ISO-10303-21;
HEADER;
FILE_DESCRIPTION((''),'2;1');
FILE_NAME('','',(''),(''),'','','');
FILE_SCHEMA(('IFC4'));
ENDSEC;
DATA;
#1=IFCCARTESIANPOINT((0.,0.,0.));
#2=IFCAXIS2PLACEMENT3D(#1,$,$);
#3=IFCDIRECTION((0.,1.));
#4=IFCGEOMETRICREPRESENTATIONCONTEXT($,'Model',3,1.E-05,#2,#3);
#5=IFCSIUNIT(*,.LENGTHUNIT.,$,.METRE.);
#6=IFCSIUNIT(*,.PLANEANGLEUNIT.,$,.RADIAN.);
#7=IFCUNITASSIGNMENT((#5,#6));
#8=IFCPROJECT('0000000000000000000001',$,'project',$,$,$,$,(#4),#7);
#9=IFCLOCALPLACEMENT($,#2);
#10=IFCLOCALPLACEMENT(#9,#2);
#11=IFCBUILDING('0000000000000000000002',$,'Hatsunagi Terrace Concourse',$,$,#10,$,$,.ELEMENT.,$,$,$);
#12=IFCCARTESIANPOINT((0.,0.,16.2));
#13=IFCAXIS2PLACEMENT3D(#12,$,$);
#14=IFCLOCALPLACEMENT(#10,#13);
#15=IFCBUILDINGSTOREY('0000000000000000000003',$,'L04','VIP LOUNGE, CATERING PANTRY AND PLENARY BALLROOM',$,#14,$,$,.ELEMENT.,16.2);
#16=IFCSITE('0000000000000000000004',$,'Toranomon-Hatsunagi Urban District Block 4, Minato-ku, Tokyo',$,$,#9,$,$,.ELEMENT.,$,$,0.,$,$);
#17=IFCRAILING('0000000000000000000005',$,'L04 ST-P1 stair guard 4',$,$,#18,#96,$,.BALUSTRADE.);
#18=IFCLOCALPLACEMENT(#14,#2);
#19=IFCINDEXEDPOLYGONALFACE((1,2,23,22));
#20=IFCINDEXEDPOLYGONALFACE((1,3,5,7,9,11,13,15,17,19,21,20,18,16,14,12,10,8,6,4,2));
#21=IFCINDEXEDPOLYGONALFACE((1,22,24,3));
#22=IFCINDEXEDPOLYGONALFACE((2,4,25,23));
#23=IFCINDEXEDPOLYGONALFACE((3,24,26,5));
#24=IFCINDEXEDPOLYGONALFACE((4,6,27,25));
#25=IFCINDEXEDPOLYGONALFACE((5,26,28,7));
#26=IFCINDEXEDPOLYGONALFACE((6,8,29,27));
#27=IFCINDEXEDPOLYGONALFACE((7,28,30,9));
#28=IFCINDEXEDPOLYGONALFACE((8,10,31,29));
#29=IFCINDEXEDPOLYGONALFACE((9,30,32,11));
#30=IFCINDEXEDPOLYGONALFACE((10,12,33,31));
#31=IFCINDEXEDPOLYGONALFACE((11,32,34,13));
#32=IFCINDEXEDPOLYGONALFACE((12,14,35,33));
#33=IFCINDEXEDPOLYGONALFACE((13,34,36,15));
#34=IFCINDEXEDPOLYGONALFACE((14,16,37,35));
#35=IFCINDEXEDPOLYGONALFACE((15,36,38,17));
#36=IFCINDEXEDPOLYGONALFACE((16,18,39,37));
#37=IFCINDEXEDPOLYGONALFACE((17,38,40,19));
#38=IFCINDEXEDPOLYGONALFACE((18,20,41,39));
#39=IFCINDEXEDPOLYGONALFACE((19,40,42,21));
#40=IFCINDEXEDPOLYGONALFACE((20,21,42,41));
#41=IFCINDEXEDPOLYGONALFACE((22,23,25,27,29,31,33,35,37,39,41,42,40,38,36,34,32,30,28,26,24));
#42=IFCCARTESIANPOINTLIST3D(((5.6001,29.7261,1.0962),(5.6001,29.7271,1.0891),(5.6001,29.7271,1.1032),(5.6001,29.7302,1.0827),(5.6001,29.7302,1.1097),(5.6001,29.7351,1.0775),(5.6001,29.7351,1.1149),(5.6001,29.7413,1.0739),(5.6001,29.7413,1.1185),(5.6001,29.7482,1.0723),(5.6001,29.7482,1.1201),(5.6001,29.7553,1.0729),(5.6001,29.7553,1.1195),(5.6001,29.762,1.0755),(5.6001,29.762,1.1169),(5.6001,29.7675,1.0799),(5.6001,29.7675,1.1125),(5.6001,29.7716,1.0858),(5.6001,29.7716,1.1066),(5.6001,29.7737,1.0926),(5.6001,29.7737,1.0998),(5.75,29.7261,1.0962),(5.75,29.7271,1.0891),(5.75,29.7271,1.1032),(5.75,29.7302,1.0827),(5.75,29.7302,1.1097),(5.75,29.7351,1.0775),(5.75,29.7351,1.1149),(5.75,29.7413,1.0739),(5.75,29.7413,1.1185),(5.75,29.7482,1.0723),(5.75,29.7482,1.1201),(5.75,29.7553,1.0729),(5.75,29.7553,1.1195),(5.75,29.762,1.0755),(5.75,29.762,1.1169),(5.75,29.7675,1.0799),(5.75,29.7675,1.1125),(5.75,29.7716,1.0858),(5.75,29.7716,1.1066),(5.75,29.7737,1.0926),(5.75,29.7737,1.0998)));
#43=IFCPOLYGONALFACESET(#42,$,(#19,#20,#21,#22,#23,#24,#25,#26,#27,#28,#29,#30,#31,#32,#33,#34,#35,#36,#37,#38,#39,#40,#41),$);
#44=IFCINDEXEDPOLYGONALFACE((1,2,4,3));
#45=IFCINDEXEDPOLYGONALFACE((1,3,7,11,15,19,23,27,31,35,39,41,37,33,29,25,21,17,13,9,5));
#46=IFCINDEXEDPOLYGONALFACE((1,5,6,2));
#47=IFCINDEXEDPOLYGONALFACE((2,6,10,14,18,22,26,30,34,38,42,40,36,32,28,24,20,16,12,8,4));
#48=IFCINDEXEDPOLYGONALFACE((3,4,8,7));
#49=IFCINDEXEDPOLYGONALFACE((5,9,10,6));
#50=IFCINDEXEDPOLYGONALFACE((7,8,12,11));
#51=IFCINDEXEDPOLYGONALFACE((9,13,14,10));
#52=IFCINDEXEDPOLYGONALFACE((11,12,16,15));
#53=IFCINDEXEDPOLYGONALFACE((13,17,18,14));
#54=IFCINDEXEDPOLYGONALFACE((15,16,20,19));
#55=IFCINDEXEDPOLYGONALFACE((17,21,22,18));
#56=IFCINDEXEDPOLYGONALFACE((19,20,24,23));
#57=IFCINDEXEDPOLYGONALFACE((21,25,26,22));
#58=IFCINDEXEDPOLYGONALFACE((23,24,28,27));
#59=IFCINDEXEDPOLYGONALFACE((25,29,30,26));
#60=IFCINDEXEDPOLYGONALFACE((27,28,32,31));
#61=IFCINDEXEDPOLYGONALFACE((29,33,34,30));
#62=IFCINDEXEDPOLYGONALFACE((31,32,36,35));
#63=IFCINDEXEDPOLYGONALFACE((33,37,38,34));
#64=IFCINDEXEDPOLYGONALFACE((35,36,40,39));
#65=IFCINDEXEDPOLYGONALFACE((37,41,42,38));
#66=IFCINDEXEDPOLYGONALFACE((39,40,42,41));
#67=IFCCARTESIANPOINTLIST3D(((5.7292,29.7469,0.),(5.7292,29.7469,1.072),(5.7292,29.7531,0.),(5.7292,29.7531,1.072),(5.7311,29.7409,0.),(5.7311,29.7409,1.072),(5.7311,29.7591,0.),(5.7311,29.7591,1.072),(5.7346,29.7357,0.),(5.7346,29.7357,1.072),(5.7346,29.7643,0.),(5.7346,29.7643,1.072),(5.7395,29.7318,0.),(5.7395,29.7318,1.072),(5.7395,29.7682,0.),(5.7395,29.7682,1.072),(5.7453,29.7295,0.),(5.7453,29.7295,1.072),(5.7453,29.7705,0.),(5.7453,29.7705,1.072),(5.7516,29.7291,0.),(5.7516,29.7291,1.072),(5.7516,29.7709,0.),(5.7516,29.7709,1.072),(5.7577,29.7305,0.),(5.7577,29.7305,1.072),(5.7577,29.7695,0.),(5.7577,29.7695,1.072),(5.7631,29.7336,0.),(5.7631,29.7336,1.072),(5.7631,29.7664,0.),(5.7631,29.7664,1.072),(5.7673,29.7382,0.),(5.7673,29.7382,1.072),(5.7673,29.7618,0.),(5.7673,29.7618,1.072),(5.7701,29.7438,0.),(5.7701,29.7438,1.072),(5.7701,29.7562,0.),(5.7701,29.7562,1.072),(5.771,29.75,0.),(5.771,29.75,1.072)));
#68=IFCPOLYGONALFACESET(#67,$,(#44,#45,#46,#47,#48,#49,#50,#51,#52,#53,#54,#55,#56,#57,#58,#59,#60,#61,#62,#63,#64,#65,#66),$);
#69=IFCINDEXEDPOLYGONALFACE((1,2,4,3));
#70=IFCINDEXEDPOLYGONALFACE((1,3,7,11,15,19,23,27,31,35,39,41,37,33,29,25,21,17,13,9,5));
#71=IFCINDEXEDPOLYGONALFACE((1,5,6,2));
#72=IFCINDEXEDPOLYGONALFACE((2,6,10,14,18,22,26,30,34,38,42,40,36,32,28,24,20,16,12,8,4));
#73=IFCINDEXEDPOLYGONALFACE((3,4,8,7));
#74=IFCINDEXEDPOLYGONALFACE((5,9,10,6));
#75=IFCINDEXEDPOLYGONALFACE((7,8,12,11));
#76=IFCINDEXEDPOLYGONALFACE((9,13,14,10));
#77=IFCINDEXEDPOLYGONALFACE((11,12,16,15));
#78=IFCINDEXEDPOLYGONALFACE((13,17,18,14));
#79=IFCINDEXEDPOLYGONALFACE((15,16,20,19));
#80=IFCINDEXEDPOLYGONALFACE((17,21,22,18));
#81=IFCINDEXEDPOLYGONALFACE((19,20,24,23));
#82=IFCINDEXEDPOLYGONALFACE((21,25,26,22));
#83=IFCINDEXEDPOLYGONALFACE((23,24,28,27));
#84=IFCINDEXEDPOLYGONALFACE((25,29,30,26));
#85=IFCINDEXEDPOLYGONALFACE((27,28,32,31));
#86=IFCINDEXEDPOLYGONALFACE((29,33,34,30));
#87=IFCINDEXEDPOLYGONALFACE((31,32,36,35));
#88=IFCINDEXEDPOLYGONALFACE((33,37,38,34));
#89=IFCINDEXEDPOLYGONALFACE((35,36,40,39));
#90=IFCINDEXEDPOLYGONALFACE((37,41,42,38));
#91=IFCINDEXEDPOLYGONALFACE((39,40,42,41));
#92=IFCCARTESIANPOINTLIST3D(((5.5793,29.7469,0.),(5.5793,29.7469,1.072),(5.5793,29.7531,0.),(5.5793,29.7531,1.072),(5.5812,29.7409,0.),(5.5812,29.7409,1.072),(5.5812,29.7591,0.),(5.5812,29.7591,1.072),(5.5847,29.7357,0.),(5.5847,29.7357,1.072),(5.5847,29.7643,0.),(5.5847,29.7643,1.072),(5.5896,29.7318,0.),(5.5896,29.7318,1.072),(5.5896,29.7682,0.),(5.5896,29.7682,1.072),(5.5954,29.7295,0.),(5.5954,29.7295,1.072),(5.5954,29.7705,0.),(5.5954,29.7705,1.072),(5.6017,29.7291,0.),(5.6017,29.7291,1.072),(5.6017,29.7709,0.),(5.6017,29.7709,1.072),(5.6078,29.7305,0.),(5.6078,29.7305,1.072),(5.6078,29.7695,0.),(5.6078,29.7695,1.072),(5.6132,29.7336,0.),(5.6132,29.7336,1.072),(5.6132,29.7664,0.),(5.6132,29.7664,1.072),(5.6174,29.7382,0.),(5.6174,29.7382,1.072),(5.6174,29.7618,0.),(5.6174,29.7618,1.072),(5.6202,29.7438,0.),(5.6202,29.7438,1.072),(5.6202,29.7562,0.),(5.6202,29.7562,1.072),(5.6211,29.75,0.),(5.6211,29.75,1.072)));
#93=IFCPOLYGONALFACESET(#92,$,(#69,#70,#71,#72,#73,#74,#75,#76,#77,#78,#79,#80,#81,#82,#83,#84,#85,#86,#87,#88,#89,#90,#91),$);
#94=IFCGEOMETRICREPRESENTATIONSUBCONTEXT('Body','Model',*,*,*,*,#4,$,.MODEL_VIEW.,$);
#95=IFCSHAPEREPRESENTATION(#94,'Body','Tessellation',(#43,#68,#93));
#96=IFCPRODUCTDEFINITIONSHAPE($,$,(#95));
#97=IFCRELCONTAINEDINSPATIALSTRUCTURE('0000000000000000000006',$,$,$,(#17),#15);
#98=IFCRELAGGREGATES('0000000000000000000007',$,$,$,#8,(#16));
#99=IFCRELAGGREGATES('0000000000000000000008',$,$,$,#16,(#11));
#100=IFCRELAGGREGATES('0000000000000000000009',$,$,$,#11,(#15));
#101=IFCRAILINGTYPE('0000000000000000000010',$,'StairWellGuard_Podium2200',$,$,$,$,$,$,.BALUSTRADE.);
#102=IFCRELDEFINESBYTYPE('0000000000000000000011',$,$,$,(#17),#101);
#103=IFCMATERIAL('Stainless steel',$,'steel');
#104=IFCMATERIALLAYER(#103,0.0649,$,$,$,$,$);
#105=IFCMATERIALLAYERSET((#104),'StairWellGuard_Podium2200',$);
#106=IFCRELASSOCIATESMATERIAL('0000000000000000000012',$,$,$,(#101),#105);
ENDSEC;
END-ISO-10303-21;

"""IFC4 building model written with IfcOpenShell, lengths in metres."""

from ifc_helpers import new_model, si_unit, direction, frame, origin, origin_2d, place, context, subcontext, project, spatial, circle, extrude, material, layer, layer_set, type_object, element, save


model = new_model("IFC4")

# Units and contexts
model_context = context("Model", 3, precision=1e-05, world=origin(), true_north=direction((0.0, 1.0)))
body_context = subcontext(model_context, "Body", "Model", "MODEL_VIEW")
ifc_project = project(units=[si_unit("LENGTHUNIT", "METRE"), si_unit("PLANEANGLEUNIT", "RADIAN")], contexts=[model_context])

# Site, building, storey
site_placement = place(None, origin())
site = spatial("IfcSite", under=ifc_project, at=site_placement, Name="Toranomon-Hatsunagi Urban District Block 4, Minato-ku, Tokyo", CompositionType="ELEMENT", RefElevation=0.0)
building_placement = place(site_placement, origin())
building = spatial("IfcBuilding", under=site, at=building_placement, Name="Hatsunagi Terrace Concourse", CompositionType="ELEMENT")
storey_placement = place(building_placement, frame((0.0, 0.0, 16.2)))
storey = spatial("IfcBuildingStorey", under=building, at=storey_placement, Name="L04", Description="VIP LOUNGE, CATERING PANTRY AND PLENARY BALLROOM", CompositionType="ELEMENT", Elevation=16.2)

# Railing
ifc_material_1 = material(Name="Stainless steel", Category="steel")
ifc_layer_1 = layer(ifc_material_1, 0.0649)
ifc_layer_set_1 = layer_set([ifc_layer_1], Name="StairWellGuard_Podium2200")
railing_type_1 = type_object("IfcRailingType", Name="StairWellGuard_Podium2200", PredefinedType="BALUSTRADE", material=ifc_layer_set_1)
railing_1_placement = place(storey_placement, frame((5.75, 29.75, 0.0)))
element("IfcRailing", 1, at=railing_1_placement, inside=storey, type_object=railing_type_1, Name="L04 ST-P1 stair guard 4", PredefinedType="BALUSTRADE", context=body_context, shape_type="SweptSolid", body=[
    extrude(circle(Radius=0.0239, at=origin_2d()), frame((0.0, 0.0, 1.0962), z_axis=(-1.0, 0.0, 0.0), x_axis=(0.0, -1.0, 0.0)), (0.0, 0.0, 1.0), 0.1499),
    extrude(circle(Radius=0.021, at=origin_2d()), origin(), (0.0, 0.0, 1.0), 1.072),
    extrude(circle(Radius=0.021, at=origin_2d()), frame((-0.1499, 0.0, 0.0)), (0.0, 0.0, 1.0), 1.072),
])

save(model, "model.ifc")
